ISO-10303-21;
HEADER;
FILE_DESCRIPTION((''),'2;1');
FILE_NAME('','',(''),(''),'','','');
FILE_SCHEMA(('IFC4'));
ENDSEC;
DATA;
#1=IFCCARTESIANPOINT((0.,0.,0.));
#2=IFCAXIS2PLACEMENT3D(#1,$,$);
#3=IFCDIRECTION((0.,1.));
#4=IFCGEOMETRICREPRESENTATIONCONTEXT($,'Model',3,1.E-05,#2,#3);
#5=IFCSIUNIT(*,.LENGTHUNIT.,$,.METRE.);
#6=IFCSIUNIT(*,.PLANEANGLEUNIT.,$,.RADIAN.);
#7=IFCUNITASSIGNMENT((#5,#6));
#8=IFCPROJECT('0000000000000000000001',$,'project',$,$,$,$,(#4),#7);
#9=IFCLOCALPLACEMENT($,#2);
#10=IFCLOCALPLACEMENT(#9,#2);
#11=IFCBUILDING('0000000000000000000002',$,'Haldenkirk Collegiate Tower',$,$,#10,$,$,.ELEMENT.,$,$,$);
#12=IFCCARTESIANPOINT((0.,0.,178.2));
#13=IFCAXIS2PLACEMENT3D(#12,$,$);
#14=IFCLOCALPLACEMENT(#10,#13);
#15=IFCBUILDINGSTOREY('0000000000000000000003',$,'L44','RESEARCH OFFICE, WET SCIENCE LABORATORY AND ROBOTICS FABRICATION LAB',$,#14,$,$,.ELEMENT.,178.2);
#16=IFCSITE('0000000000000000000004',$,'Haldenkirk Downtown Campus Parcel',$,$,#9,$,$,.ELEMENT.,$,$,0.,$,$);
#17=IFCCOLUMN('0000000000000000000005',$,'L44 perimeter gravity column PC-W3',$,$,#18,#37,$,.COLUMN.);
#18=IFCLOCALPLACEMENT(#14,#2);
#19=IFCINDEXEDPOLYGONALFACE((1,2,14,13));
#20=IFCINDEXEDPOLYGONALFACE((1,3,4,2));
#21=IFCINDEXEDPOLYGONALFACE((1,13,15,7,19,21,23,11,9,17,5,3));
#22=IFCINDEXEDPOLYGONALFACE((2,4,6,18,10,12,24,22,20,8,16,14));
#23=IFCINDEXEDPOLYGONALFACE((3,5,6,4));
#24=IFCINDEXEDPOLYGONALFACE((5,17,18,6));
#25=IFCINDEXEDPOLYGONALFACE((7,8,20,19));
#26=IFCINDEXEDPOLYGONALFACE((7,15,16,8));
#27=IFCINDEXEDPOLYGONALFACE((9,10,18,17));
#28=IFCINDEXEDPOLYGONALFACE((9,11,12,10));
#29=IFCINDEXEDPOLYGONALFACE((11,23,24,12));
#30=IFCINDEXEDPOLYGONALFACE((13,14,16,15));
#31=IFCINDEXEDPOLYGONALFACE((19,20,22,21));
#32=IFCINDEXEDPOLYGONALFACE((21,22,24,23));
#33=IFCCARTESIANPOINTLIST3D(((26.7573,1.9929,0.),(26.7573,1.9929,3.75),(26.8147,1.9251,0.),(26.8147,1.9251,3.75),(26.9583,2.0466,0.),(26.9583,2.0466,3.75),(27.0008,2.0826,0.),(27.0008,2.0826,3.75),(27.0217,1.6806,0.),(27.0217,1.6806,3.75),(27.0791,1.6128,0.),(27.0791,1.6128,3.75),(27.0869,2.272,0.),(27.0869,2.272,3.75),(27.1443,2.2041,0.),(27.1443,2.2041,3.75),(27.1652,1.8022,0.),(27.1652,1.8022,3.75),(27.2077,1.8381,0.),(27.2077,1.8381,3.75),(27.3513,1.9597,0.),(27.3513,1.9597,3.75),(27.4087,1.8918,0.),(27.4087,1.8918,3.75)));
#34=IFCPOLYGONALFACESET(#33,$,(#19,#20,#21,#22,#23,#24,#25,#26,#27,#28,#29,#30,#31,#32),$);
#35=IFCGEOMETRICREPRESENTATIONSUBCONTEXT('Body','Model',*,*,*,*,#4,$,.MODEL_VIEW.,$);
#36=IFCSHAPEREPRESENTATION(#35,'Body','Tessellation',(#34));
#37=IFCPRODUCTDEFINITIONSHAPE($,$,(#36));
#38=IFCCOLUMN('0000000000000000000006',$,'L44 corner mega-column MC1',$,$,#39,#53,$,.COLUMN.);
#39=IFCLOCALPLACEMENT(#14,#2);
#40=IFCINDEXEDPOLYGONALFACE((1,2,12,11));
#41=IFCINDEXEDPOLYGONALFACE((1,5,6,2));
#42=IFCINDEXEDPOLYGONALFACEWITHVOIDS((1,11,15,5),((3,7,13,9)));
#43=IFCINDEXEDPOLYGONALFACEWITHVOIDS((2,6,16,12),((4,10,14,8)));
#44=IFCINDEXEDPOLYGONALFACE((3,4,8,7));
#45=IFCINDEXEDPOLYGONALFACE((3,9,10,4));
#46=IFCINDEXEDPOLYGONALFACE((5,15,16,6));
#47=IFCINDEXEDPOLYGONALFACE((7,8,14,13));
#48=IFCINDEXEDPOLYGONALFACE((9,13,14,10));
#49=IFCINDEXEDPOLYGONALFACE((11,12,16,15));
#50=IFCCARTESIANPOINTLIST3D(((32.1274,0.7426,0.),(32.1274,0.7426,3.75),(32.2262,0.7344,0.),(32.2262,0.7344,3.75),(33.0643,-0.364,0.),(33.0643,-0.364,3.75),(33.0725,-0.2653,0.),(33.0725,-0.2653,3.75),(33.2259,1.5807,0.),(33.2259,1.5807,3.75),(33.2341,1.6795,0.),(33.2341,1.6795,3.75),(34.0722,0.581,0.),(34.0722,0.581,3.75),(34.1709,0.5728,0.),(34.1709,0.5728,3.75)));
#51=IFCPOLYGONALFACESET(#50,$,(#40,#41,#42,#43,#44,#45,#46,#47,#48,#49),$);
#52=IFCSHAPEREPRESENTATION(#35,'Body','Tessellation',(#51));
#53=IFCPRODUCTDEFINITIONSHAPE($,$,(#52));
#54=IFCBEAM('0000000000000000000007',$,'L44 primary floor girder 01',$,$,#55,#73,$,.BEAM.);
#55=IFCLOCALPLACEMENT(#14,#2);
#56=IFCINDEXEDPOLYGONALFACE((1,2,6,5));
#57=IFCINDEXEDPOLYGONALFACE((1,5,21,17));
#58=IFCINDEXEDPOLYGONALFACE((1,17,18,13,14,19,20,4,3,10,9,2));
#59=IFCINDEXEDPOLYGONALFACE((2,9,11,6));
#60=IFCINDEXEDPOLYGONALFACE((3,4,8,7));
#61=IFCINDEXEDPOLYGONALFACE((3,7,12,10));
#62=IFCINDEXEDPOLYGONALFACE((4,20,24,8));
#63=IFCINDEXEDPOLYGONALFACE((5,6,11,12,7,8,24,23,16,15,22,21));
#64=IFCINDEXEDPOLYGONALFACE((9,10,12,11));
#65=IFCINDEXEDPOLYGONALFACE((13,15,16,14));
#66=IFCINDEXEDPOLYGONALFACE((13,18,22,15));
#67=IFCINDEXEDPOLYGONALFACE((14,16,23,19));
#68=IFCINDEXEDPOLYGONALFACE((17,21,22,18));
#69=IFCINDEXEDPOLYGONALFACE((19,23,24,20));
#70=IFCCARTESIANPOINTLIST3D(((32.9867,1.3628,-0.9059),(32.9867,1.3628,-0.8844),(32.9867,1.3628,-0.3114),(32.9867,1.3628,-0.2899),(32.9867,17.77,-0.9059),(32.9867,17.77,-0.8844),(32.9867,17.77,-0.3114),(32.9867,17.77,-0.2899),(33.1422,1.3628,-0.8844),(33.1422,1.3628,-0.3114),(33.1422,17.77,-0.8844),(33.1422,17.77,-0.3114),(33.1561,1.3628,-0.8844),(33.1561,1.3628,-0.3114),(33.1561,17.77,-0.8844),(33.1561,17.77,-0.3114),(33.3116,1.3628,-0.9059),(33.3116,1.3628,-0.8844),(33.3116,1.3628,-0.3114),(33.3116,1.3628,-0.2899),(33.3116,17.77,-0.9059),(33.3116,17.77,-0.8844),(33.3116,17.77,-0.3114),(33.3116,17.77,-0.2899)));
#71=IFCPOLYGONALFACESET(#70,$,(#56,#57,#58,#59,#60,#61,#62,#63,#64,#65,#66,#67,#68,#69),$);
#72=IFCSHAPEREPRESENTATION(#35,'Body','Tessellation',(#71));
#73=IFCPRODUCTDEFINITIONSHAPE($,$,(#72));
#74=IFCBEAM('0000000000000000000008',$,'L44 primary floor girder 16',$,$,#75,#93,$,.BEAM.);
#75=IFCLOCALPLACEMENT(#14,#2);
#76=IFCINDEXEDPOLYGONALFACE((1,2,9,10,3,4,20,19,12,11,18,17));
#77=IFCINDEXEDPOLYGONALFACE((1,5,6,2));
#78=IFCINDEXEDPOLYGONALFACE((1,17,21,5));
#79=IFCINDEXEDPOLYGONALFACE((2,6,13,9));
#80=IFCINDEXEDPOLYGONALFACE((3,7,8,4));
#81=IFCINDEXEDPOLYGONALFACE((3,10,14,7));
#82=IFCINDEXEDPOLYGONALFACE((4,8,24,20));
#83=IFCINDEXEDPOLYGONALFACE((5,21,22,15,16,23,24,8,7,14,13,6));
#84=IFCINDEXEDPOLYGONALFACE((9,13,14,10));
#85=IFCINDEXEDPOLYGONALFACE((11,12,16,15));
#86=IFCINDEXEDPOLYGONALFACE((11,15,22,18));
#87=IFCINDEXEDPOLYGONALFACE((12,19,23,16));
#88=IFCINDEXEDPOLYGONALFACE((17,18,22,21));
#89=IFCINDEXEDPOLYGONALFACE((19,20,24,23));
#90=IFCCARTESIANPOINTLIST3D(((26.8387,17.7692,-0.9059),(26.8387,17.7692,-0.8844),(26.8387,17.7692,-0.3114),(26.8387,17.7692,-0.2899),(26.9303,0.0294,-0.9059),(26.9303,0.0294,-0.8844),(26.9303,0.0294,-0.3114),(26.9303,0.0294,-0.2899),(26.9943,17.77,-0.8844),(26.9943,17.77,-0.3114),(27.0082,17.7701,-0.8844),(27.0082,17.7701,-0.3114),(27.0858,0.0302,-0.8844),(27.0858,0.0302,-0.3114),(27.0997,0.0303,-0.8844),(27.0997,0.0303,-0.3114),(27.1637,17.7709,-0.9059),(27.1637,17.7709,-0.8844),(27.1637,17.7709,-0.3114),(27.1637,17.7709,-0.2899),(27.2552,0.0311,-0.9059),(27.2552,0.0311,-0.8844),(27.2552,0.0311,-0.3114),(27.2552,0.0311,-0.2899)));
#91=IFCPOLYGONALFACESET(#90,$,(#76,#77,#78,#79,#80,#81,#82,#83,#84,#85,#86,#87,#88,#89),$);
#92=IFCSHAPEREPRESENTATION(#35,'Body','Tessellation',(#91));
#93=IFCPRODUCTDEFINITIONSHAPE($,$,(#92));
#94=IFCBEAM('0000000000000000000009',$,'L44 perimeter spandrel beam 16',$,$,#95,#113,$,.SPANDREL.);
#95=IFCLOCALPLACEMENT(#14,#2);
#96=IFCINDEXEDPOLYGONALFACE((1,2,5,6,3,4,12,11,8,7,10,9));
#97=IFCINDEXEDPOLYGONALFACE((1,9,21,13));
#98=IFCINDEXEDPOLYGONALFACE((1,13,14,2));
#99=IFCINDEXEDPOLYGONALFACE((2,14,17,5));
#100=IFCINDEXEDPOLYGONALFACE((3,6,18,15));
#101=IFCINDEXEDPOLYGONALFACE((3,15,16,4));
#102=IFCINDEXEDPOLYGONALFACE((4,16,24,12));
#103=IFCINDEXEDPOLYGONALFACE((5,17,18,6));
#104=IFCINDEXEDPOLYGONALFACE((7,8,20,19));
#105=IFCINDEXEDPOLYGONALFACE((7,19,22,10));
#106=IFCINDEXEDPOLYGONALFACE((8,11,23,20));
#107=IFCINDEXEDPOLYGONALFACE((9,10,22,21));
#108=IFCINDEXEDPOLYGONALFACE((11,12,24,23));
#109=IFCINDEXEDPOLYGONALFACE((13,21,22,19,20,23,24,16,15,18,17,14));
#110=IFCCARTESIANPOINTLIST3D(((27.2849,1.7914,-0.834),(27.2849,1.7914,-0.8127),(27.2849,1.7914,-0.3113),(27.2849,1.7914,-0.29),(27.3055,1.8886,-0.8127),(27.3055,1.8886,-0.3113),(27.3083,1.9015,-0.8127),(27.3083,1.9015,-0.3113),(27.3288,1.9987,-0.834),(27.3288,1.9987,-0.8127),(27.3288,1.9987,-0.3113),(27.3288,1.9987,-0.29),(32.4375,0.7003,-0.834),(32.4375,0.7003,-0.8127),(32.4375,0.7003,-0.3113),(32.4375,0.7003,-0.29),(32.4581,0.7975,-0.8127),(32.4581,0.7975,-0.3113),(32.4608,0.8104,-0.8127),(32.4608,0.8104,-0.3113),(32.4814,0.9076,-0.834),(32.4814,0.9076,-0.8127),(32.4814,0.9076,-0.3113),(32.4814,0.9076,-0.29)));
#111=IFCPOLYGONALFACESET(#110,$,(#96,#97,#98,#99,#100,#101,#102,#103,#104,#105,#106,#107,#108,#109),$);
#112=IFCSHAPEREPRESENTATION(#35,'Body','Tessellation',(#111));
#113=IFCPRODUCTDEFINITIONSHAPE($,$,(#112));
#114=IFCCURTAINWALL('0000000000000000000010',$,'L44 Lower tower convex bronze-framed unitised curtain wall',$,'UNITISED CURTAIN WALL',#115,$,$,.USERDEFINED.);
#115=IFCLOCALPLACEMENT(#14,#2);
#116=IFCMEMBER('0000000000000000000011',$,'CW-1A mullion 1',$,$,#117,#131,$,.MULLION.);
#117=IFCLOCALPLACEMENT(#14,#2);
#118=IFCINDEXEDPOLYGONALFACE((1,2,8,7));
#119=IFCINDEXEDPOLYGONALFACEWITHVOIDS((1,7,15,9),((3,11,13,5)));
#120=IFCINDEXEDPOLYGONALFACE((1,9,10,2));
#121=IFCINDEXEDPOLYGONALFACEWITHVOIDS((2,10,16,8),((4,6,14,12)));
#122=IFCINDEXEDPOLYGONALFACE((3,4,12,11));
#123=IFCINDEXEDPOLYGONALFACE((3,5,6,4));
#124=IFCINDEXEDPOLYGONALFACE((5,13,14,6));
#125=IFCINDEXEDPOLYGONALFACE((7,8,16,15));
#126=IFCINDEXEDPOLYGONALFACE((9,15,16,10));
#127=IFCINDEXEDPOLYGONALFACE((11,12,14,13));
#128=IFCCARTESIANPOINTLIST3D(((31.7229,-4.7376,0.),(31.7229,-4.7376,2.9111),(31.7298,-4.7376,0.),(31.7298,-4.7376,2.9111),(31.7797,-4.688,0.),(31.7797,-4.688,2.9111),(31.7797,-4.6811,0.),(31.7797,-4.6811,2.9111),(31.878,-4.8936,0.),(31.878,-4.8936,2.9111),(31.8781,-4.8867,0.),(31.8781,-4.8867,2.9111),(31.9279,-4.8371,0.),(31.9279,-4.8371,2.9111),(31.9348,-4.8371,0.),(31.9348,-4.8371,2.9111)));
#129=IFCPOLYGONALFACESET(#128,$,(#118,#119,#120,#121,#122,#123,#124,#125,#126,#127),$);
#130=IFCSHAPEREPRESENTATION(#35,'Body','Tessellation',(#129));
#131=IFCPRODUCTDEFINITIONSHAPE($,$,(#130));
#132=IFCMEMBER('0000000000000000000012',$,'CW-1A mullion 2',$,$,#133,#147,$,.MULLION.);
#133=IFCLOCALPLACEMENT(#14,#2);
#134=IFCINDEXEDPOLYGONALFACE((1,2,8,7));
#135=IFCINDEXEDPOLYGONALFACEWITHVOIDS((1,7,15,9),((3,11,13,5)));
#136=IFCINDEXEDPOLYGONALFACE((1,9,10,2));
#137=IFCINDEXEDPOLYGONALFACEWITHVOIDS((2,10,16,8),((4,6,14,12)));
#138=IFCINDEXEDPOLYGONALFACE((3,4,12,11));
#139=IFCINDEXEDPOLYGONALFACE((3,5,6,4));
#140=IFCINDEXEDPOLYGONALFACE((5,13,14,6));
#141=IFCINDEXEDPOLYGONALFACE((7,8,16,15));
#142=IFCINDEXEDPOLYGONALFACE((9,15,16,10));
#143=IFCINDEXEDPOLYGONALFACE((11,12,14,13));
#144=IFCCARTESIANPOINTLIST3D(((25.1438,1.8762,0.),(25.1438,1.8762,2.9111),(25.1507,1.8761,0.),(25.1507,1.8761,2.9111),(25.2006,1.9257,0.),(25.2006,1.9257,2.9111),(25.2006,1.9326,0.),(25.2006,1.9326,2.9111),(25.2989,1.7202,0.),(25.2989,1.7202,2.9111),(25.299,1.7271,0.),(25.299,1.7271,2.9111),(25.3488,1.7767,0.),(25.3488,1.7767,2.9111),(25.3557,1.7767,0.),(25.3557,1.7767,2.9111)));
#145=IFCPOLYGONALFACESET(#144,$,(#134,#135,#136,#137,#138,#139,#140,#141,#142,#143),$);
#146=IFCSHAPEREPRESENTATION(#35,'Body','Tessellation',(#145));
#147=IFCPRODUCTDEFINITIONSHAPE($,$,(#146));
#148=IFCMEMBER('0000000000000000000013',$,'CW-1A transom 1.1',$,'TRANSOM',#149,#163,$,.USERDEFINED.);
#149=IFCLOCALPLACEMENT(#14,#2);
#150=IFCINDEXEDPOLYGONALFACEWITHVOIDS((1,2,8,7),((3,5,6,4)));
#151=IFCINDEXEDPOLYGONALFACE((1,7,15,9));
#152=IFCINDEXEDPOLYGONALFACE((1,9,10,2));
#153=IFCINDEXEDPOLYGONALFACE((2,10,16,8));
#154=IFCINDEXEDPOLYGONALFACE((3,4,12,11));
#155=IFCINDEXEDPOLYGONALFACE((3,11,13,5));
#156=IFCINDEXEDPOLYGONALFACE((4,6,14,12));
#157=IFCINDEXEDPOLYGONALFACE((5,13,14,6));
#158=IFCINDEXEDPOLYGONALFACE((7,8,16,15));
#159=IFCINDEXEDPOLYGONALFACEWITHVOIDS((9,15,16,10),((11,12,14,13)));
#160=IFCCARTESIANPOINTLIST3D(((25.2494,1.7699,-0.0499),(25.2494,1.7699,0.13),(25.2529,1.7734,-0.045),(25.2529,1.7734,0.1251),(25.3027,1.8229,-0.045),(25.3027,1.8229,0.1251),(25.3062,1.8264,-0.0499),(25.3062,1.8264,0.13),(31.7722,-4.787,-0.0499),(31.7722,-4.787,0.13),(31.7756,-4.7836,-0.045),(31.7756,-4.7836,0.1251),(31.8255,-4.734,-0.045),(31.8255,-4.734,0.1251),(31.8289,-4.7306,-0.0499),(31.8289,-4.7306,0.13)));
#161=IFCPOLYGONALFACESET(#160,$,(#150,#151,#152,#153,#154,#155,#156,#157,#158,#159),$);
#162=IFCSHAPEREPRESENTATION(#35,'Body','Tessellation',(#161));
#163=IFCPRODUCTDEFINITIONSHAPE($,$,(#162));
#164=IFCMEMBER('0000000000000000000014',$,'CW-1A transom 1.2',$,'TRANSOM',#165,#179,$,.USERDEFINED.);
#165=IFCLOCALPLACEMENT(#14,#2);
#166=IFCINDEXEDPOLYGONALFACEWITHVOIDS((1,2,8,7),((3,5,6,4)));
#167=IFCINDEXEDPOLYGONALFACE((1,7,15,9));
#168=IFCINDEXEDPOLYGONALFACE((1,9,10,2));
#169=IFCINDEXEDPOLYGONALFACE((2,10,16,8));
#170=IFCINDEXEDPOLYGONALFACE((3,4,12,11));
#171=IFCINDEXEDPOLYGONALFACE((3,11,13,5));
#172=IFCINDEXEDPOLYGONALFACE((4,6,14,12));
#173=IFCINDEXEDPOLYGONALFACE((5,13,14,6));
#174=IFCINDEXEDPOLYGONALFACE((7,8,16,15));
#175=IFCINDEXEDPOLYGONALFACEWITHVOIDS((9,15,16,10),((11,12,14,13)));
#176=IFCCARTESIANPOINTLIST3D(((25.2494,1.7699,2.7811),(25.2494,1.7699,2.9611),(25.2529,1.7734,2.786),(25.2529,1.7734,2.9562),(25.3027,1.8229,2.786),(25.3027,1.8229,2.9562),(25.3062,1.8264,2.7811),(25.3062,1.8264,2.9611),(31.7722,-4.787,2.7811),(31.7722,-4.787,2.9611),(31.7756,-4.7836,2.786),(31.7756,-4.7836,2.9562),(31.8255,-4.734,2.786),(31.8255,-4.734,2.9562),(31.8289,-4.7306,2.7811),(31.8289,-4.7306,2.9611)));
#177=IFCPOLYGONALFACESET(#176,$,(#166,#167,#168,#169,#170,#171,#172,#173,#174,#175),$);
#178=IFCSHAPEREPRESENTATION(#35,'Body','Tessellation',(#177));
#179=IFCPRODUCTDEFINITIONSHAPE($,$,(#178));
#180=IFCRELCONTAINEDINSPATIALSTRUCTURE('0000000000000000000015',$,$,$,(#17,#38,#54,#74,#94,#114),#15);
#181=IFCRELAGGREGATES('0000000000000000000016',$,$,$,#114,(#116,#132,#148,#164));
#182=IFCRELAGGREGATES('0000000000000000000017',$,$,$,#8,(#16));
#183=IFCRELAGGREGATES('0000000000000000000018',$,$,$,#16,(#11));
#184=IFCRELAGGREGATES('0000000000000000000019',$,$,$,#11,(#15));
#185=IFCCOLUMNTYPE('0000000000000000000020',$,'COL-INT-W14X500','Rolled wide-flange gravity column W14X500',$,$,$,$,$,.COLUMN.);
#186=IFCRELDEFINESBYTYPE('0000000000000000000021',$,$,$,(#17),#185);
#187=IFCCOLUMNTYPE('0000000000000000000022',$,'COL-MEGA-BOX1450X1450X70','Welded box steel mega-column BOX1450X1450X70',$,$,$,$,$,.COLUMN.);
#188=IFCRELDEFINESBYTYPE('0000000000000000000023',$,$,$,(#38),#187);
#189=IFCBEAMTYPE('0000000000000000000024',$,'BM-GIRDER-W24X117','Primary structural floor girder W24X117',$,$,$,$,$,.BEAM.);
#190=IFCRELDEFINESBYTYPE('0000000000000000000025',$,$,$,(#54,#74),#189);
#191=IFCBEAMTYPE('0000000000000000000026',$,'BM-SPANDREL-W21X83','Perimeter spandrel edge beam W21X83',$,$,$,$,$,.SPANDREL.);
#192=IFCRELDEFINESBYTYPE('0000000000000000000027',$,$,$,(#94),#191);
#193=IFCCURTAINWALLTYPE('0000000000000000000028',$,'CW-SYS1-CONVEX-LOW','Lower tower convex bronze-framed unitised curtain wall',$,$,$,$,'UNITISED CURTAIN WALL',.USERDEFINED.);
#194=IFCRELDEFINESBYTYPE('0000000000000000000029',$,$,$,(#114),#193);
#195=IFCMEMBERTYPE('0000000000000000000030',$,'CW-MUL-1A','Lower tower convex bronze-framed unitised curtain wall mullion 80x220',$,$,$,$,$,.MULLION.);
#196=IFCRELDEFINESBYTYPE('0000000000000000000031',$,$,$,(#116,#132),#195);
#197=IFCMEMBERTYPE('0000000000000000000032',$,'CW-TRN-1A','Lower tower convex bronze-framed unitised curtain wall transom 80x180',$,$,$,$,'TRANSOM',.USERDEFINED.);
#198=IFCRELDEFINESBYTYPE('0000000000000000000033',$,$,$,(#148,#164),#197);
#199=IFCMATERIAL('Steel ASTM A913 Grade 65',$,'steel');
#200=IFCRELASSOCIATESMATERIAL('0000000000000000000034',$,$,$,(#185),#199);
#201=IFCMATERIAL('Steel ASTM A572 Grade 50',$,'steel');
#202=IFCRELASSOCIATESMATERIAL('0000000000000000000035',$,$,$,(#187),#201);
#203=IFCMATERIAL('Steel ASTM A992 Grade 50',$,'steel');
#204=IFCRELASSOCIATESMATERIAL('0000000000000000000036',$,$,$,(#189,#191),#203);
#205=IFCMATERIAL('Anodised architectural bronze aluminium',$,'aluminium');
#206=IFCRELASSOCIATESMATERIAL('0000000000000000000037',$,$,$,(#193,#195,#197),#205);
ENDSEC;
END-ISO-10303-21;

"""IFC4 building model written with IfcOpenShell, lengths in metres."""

from ifc_helpers import new_model, si_unit, direction, frame, origin, origin_2d, place, context, subcontext, project, spatial, hollow_rectangle, i_section, extrude, material, material_profile, profile_set, type_object, element, aggregate, save


model = new_model("IFC4")

# Units and contexts
model_context = context("Model", 3, precision=1e-05, world=origin(), true_north=direction((0.0, 1.0)))
body_context = subcontext(model_context, "Body", "Model", "MODEL_VIEW")
ifc_project = project(units=[si_unit("LENGTHUNIT", "METRE"), si_unit("PLANEANGLEUNIT", "RADIAN")], contexts=[model_context])

# Site, building, storey
site_placement = place(None, origin())
site = spatial("IfcSite", under=ifc_project, at=site_placement, Name="Haldenkirk Downtown Campus Parcel", CompositionType="ELEMENT", RefElevation=0.0)
building_placement = place(site_placement, origin())
building = spatial("IfcBuilding", under=site, at=building_placement, Name="Haldenkirk Collegiate Tower", CompositionType="ELEMENT")
storey_placement = place(building_placement, frame((0.0, 0.0, 178.2)))
storey = spatial("IfcBuildingStorey", under=building, at=storey_placement, Name="L44", Description="RESEARCH OFFICE, WET SCIENCE LABORATORY AND ROBOTICS FABRICATION LAB", CompositionType="ELEMENT", Elevation=178.2)

# Columns
ifc_material_1 = material(Name="Steel ASTM A913 Grade 65", Category="steel")
ifc_material_profile_1 = material_profile(ifc_material_1, i_section(OverallWidth=0.4319, OverallDepth=0.498, WebThickness=0.0557, FlangeThickness=0.0889, at=origin_2d()), Name="W14X500")
ifc_profile_set_1 = profile_set([ifc_material_profile_1], Name="Steel ASTM A913 Grade 65")
column_type_1 = type_object("IfcColumnType", Name="COL-INT-W14X500", Description="Rolled wide-flange gravity column W14X500", PredefinedType="COLUMN", material=ifc_profile_set_1)
column_1_placement = place(storey_placement, frame((27.083, 1.9424, 0.0), z_axis=(0.0, 0.0, 1.0), x_axis=(0.763232, 0.646124, 0.0)))
element("IfcColumn", 1, at=column_1_placement, inside=storey, type_object=column_type_1, Name="L44 perimeter gravity column PC-W3", PredefinedType="COLUMN", context=body_context, shape_type="SweptSolid", body=[
    extrude(i_section(OverallWidth=0.4319, OverallDepth=0.498, WebThickness=0.0557, FlangeThickness=0.0889, at=origin_2d()), origin(), (0.0, 0.0, 1.0), 3.75),
])
ifc_material_2 = material(Name="Steel ASTM A572 Grade 50", Category="steel")
ifc_material_profile_2 = material_profile(ifc_material_2, hollow_rectangle(XDim=1.45, YDim=1.45, WallThickness=0.0701, at=origin_2d()), Name="BOX1450X1450X70")
ifc_profile_set_2 = profile_set([ifc_material_profile_2], Name="Steel ASTM A572 Grade 50")
column_type_2 = type_object("IfcColumnType", Name="COL-MEGA-BOX1450X1450X70", Description="Welded box steel mega-column BOX1450X1450X70", PredefinedType="COLUMN", material=ifc_profile_set_2)
column_2_placement = place(storey_placement, frame((33.1492, 0.6577, 0.0), z_axis=(0.0, 0.0, 1.0), x_axis=(0.763232, 0.646124, 0.0)))
element("IfcColumn", 2, at=column_2_placement, inside=storey, type_object=column_type_2, Name="L44 corner mega-column MC1", PredefinedType="COLUMN", context=body_context, shape_type="SweptSolid", body=[
    extrude(hollow_rectangle(XDim=1.45, YDim=1.45, WallThickness=0.0701, at=origin_2d()), origin(), (0.0, 0.0, 1.0), 3.75),
])

# Beams
ifc_material_3 = material(Name="Steel ASTM A992 Grade 50", Category="steel")
ifc_material_profile_3 = material_profile(ifc_material_3, i_section(OverallWidth=0.325, OverallDepth=0.616, WebThickness=0.0139, FlangeThickness=0.0215, at=origin_2d()), Name="W24X117")
ifc_profile_set_3 = profile_set([ifc_material_profile_3], Name="Steel ASTM A992 Grade 50")
beam_type_1 = type_object("IfcBeamType", Name="BM-GIRDER-W24X117", Description="Primary structural floor girder W24X117", PredefinedType="BEAM", material=ifc_profile_set_3)
beam_1_placement = place(storey_placement, frame((33.1492, 1.3628, -0.5979), z_axis=(0.0, 1.0, 0.0), x_axis=(-1.0, 0.0, 0.0)))
element("IfcBeam", 3, at=beam_1_placement, inside=storey, type_object=beam_type_1, Name="L44 primary floor girder 01", PredefinedType="BEAM", context=body_context, shape_type="SweptSolid", body=[
    extrude(i_section(OverallWidth=0.325, OverallDepth=0.616, WebThickness=0.0139, FlangeThickness=0.0215, at=origin_2d()), origin(), (0.0, 0.0, 1.0), 16.4072),
])
beam_2_placement = place(storey_placement, frame((27.0928, 0.0303, -0.5979), z_axis=(-0.005161, 0.999987, 0.0), x_axis=(-0.999987, -0.005161, 0.0)))
element("IfcBeam", 4, at=beam_2_placement, inside=storey, type_object=beam_type_1, Name="L44 primary floor girder 16", PredefinedType="BEAM", context=body_context, shape_type="SweptSolid", body=[
    extrude(i_section(OverallWidth=0.325, OverallDepth=0.616, WebThickness=0.0139, FlangeThickness=0.0215, at=origin_2d()), origin(), (0.0, 0.0, 1.0), 17.74),
])
ifc_material_profile_4 = material_profile(ifc_material_3, i_section(OverallWidth=0.2119, OverallDepth=0.5439, WebThickness=0.0132, FlangeThickness=0.0212, at=origin_2d()), Name="W21X83")
ifc_profile_set_4 = profile_set([ifc_material_profile_4], Name="Steel ASTM A992 Grade 50")
beam_type_2 = type_object("IfcBeamType", Name="BM-SPANDREL-W21X83", Description="Perimeter spandrel edge beam W21X83", PredefinedType="SPANDREL", material=ifc_profile_set_4)
beam_3_placement = place(storey_placement, frame((27.3069, 1.895, -0.562), z_axis=(0.978308, -0.207157, 0.0), x_axis=(0.207157, 0.978308, 0.0)))
element("IfcBeam", 5, at=beam_3_placement, inside=storey, type_object=beam_type_2, Name="L44 perimeter spandrel beam 16", PredefinedType="SPANDREL", context=body_context, shape_type="SweptSolid", body=[
    extrude(i_section(OverallWidth=0.2119, OverallDepth=0.5439, WebThickness=0.0132, FlangeThickness=0.0212, at=origin_2d()), origin(), (0.0, 0.0, 1.0), 5.2668),
])

# Curtain wall, members
ifc_material_4 = material(Name="Anodised architectural bronze aluminium", Category="aluminium")
curtain_wall_type = type_object("IfcCurtainWallType", Name="CW-SYS1-CONVEX-LOW", Description="Lower tower convex bronze-framed unitised curtain wall", ElementType="UNITISED CURTAIN WALL", PredefinedType="USERDEFINED", material=ifc_material_4)
curtain_wall_placement = place(storey_placement, origin())
curtain_wall = element("IfcCurtainWall", 6, at=curtain_wall_placement, inside=storey, type_object=curtain_wall_type, Name="L44 Lower tower convex bronze-framed unitised curtain wall", ObjectType="UNITISED CURTAIN WALL", PredefinedType="USERDEFINED")
ifc_material_profile_5 = material_profile(ifc_material_4, hollow_rectangle(XDim=0.0801, YDim=0.22, WallThickness=0.0049, at=origin_2d()), Name="CW-MUL-1A")
ifc_profile_set_5 = profile_set([ifc_material_profile_5], Name="Anodised architectural bronze aluminium")
member_type_1 = type_object("IfcMemberType", Name="CW-MUL-1A", Description="Lower tower convex bronze-framed unitised curtain wall mullion 80x220", PredefinedType="MULLION", material=ifc_profile_set_5)
member_1_placement = place(storey_placement, frame((31.8289, -4.7874, 0.0), z_axis=(0.0, 0.0, 1.0), x_axis=(-0.708954, -0.705255, 0.0)))
member_1 = element("IfcMember", 7, at=member_1_placement, type_object=member_type_1, Name="CW-1A mullion 1", PredefinedType="MULLION", context=body_context, shape_type="SweptSolid", body=[
    extrude(hollow_rectangle(XDim=0.0801, YDim=0.22, WallThickness=0.0049, at=origin_2d()), origin(), (0.0, 0.0, 1.0), 2.9111),
])
member_2_placement = place(storey_placement, frame((25.2498, 1.8264, 0.0), z_axis=(0.0, 0.0, 1.0), x_axis=(-0.708954, -0.705255, 0.0)))
member_2 = element("IfcMember", 8, at=member_2_placement, type_object=member_type_1, Name="CW-1A mullion 2", PredefinedType="MULLION", context=body_context, shape_type="SweptSolid", body=[
    extrude(hollow_rectangle(XDim=0.0801, YDim=0.22, WallThickness=0.0049, at=origin_2d()), origin(), (0.0, 0.0, 1.0), 2.9111),
])
ifc_material_profile_6 = material_profile(ifc_material_4, hollow_rectangle(XDim=0.0801, YDim=0.1799, WallThickness=0.0049, at=origin_2d()), Name="CW-TRN-1A")
ifc_profile_set_6 = profile_set([ifc_material_profile_6], Name="Anodised architectural bronze aluminium")
member_type_2 = type_object("IfcMemberType", Name="CW-TRN-1A", Description="Lower tower convex bronze-framed unitised curtain wall transom 80x180", ElementType="TRANSOM", PredefinedType="USERDEFINED", material=ifc_profile_set_6)
member_3_placement = place(storey_placement, frame((31.8005, -4.7588, 0.04), z_axis=(-0.705257, 0.708952, 0.0), x_axis=(-0.708952, -0.705257, 0.0)))
member_3 = element("IfcMember", 9, at=member_3_placement, type_object=member_type_2, Name="CW-1A transom 1.1", ObjectType="TRANSOM", PredefinedType="USERDEFINED", context=body_context, shape_type="SweptSolid", body=[
    extrude(hollow_rectangle(XDim=0.0801, YDim=0.1799, WallThickness=0.0049, at=origin_2d()), origin(), (0.0, 0.0, 1.0), 9.2488),
])
member_4_placement = place(storey_placement, frame((31.8005, -4.7588, 2.8711), z_axis=(-0.705257, 0.708952, 0.0), x_axis=(-0.708952, -0.705257, 0.0)))
member_4 = element("IfcMember", 10, at=member_4_placement, type_object=member_type_2, Name="CW-1A transom 1.2", ObjectType="TRANSOM", PredefinedType="USERDEFINED", context=body_context, shape_type="SweptSolid", body=[
    extrude(hollow_rectangle(XDim=0.0801, YDim=0.1799, WallThickness=0.0049, at=origin_2d()), origin(), (0.0, 0.0, 1.0), 9.2488),
])

aggregate(curtain_wall, [member_1, member_2, member_3, member_4])

save(model, "model.ifc")
